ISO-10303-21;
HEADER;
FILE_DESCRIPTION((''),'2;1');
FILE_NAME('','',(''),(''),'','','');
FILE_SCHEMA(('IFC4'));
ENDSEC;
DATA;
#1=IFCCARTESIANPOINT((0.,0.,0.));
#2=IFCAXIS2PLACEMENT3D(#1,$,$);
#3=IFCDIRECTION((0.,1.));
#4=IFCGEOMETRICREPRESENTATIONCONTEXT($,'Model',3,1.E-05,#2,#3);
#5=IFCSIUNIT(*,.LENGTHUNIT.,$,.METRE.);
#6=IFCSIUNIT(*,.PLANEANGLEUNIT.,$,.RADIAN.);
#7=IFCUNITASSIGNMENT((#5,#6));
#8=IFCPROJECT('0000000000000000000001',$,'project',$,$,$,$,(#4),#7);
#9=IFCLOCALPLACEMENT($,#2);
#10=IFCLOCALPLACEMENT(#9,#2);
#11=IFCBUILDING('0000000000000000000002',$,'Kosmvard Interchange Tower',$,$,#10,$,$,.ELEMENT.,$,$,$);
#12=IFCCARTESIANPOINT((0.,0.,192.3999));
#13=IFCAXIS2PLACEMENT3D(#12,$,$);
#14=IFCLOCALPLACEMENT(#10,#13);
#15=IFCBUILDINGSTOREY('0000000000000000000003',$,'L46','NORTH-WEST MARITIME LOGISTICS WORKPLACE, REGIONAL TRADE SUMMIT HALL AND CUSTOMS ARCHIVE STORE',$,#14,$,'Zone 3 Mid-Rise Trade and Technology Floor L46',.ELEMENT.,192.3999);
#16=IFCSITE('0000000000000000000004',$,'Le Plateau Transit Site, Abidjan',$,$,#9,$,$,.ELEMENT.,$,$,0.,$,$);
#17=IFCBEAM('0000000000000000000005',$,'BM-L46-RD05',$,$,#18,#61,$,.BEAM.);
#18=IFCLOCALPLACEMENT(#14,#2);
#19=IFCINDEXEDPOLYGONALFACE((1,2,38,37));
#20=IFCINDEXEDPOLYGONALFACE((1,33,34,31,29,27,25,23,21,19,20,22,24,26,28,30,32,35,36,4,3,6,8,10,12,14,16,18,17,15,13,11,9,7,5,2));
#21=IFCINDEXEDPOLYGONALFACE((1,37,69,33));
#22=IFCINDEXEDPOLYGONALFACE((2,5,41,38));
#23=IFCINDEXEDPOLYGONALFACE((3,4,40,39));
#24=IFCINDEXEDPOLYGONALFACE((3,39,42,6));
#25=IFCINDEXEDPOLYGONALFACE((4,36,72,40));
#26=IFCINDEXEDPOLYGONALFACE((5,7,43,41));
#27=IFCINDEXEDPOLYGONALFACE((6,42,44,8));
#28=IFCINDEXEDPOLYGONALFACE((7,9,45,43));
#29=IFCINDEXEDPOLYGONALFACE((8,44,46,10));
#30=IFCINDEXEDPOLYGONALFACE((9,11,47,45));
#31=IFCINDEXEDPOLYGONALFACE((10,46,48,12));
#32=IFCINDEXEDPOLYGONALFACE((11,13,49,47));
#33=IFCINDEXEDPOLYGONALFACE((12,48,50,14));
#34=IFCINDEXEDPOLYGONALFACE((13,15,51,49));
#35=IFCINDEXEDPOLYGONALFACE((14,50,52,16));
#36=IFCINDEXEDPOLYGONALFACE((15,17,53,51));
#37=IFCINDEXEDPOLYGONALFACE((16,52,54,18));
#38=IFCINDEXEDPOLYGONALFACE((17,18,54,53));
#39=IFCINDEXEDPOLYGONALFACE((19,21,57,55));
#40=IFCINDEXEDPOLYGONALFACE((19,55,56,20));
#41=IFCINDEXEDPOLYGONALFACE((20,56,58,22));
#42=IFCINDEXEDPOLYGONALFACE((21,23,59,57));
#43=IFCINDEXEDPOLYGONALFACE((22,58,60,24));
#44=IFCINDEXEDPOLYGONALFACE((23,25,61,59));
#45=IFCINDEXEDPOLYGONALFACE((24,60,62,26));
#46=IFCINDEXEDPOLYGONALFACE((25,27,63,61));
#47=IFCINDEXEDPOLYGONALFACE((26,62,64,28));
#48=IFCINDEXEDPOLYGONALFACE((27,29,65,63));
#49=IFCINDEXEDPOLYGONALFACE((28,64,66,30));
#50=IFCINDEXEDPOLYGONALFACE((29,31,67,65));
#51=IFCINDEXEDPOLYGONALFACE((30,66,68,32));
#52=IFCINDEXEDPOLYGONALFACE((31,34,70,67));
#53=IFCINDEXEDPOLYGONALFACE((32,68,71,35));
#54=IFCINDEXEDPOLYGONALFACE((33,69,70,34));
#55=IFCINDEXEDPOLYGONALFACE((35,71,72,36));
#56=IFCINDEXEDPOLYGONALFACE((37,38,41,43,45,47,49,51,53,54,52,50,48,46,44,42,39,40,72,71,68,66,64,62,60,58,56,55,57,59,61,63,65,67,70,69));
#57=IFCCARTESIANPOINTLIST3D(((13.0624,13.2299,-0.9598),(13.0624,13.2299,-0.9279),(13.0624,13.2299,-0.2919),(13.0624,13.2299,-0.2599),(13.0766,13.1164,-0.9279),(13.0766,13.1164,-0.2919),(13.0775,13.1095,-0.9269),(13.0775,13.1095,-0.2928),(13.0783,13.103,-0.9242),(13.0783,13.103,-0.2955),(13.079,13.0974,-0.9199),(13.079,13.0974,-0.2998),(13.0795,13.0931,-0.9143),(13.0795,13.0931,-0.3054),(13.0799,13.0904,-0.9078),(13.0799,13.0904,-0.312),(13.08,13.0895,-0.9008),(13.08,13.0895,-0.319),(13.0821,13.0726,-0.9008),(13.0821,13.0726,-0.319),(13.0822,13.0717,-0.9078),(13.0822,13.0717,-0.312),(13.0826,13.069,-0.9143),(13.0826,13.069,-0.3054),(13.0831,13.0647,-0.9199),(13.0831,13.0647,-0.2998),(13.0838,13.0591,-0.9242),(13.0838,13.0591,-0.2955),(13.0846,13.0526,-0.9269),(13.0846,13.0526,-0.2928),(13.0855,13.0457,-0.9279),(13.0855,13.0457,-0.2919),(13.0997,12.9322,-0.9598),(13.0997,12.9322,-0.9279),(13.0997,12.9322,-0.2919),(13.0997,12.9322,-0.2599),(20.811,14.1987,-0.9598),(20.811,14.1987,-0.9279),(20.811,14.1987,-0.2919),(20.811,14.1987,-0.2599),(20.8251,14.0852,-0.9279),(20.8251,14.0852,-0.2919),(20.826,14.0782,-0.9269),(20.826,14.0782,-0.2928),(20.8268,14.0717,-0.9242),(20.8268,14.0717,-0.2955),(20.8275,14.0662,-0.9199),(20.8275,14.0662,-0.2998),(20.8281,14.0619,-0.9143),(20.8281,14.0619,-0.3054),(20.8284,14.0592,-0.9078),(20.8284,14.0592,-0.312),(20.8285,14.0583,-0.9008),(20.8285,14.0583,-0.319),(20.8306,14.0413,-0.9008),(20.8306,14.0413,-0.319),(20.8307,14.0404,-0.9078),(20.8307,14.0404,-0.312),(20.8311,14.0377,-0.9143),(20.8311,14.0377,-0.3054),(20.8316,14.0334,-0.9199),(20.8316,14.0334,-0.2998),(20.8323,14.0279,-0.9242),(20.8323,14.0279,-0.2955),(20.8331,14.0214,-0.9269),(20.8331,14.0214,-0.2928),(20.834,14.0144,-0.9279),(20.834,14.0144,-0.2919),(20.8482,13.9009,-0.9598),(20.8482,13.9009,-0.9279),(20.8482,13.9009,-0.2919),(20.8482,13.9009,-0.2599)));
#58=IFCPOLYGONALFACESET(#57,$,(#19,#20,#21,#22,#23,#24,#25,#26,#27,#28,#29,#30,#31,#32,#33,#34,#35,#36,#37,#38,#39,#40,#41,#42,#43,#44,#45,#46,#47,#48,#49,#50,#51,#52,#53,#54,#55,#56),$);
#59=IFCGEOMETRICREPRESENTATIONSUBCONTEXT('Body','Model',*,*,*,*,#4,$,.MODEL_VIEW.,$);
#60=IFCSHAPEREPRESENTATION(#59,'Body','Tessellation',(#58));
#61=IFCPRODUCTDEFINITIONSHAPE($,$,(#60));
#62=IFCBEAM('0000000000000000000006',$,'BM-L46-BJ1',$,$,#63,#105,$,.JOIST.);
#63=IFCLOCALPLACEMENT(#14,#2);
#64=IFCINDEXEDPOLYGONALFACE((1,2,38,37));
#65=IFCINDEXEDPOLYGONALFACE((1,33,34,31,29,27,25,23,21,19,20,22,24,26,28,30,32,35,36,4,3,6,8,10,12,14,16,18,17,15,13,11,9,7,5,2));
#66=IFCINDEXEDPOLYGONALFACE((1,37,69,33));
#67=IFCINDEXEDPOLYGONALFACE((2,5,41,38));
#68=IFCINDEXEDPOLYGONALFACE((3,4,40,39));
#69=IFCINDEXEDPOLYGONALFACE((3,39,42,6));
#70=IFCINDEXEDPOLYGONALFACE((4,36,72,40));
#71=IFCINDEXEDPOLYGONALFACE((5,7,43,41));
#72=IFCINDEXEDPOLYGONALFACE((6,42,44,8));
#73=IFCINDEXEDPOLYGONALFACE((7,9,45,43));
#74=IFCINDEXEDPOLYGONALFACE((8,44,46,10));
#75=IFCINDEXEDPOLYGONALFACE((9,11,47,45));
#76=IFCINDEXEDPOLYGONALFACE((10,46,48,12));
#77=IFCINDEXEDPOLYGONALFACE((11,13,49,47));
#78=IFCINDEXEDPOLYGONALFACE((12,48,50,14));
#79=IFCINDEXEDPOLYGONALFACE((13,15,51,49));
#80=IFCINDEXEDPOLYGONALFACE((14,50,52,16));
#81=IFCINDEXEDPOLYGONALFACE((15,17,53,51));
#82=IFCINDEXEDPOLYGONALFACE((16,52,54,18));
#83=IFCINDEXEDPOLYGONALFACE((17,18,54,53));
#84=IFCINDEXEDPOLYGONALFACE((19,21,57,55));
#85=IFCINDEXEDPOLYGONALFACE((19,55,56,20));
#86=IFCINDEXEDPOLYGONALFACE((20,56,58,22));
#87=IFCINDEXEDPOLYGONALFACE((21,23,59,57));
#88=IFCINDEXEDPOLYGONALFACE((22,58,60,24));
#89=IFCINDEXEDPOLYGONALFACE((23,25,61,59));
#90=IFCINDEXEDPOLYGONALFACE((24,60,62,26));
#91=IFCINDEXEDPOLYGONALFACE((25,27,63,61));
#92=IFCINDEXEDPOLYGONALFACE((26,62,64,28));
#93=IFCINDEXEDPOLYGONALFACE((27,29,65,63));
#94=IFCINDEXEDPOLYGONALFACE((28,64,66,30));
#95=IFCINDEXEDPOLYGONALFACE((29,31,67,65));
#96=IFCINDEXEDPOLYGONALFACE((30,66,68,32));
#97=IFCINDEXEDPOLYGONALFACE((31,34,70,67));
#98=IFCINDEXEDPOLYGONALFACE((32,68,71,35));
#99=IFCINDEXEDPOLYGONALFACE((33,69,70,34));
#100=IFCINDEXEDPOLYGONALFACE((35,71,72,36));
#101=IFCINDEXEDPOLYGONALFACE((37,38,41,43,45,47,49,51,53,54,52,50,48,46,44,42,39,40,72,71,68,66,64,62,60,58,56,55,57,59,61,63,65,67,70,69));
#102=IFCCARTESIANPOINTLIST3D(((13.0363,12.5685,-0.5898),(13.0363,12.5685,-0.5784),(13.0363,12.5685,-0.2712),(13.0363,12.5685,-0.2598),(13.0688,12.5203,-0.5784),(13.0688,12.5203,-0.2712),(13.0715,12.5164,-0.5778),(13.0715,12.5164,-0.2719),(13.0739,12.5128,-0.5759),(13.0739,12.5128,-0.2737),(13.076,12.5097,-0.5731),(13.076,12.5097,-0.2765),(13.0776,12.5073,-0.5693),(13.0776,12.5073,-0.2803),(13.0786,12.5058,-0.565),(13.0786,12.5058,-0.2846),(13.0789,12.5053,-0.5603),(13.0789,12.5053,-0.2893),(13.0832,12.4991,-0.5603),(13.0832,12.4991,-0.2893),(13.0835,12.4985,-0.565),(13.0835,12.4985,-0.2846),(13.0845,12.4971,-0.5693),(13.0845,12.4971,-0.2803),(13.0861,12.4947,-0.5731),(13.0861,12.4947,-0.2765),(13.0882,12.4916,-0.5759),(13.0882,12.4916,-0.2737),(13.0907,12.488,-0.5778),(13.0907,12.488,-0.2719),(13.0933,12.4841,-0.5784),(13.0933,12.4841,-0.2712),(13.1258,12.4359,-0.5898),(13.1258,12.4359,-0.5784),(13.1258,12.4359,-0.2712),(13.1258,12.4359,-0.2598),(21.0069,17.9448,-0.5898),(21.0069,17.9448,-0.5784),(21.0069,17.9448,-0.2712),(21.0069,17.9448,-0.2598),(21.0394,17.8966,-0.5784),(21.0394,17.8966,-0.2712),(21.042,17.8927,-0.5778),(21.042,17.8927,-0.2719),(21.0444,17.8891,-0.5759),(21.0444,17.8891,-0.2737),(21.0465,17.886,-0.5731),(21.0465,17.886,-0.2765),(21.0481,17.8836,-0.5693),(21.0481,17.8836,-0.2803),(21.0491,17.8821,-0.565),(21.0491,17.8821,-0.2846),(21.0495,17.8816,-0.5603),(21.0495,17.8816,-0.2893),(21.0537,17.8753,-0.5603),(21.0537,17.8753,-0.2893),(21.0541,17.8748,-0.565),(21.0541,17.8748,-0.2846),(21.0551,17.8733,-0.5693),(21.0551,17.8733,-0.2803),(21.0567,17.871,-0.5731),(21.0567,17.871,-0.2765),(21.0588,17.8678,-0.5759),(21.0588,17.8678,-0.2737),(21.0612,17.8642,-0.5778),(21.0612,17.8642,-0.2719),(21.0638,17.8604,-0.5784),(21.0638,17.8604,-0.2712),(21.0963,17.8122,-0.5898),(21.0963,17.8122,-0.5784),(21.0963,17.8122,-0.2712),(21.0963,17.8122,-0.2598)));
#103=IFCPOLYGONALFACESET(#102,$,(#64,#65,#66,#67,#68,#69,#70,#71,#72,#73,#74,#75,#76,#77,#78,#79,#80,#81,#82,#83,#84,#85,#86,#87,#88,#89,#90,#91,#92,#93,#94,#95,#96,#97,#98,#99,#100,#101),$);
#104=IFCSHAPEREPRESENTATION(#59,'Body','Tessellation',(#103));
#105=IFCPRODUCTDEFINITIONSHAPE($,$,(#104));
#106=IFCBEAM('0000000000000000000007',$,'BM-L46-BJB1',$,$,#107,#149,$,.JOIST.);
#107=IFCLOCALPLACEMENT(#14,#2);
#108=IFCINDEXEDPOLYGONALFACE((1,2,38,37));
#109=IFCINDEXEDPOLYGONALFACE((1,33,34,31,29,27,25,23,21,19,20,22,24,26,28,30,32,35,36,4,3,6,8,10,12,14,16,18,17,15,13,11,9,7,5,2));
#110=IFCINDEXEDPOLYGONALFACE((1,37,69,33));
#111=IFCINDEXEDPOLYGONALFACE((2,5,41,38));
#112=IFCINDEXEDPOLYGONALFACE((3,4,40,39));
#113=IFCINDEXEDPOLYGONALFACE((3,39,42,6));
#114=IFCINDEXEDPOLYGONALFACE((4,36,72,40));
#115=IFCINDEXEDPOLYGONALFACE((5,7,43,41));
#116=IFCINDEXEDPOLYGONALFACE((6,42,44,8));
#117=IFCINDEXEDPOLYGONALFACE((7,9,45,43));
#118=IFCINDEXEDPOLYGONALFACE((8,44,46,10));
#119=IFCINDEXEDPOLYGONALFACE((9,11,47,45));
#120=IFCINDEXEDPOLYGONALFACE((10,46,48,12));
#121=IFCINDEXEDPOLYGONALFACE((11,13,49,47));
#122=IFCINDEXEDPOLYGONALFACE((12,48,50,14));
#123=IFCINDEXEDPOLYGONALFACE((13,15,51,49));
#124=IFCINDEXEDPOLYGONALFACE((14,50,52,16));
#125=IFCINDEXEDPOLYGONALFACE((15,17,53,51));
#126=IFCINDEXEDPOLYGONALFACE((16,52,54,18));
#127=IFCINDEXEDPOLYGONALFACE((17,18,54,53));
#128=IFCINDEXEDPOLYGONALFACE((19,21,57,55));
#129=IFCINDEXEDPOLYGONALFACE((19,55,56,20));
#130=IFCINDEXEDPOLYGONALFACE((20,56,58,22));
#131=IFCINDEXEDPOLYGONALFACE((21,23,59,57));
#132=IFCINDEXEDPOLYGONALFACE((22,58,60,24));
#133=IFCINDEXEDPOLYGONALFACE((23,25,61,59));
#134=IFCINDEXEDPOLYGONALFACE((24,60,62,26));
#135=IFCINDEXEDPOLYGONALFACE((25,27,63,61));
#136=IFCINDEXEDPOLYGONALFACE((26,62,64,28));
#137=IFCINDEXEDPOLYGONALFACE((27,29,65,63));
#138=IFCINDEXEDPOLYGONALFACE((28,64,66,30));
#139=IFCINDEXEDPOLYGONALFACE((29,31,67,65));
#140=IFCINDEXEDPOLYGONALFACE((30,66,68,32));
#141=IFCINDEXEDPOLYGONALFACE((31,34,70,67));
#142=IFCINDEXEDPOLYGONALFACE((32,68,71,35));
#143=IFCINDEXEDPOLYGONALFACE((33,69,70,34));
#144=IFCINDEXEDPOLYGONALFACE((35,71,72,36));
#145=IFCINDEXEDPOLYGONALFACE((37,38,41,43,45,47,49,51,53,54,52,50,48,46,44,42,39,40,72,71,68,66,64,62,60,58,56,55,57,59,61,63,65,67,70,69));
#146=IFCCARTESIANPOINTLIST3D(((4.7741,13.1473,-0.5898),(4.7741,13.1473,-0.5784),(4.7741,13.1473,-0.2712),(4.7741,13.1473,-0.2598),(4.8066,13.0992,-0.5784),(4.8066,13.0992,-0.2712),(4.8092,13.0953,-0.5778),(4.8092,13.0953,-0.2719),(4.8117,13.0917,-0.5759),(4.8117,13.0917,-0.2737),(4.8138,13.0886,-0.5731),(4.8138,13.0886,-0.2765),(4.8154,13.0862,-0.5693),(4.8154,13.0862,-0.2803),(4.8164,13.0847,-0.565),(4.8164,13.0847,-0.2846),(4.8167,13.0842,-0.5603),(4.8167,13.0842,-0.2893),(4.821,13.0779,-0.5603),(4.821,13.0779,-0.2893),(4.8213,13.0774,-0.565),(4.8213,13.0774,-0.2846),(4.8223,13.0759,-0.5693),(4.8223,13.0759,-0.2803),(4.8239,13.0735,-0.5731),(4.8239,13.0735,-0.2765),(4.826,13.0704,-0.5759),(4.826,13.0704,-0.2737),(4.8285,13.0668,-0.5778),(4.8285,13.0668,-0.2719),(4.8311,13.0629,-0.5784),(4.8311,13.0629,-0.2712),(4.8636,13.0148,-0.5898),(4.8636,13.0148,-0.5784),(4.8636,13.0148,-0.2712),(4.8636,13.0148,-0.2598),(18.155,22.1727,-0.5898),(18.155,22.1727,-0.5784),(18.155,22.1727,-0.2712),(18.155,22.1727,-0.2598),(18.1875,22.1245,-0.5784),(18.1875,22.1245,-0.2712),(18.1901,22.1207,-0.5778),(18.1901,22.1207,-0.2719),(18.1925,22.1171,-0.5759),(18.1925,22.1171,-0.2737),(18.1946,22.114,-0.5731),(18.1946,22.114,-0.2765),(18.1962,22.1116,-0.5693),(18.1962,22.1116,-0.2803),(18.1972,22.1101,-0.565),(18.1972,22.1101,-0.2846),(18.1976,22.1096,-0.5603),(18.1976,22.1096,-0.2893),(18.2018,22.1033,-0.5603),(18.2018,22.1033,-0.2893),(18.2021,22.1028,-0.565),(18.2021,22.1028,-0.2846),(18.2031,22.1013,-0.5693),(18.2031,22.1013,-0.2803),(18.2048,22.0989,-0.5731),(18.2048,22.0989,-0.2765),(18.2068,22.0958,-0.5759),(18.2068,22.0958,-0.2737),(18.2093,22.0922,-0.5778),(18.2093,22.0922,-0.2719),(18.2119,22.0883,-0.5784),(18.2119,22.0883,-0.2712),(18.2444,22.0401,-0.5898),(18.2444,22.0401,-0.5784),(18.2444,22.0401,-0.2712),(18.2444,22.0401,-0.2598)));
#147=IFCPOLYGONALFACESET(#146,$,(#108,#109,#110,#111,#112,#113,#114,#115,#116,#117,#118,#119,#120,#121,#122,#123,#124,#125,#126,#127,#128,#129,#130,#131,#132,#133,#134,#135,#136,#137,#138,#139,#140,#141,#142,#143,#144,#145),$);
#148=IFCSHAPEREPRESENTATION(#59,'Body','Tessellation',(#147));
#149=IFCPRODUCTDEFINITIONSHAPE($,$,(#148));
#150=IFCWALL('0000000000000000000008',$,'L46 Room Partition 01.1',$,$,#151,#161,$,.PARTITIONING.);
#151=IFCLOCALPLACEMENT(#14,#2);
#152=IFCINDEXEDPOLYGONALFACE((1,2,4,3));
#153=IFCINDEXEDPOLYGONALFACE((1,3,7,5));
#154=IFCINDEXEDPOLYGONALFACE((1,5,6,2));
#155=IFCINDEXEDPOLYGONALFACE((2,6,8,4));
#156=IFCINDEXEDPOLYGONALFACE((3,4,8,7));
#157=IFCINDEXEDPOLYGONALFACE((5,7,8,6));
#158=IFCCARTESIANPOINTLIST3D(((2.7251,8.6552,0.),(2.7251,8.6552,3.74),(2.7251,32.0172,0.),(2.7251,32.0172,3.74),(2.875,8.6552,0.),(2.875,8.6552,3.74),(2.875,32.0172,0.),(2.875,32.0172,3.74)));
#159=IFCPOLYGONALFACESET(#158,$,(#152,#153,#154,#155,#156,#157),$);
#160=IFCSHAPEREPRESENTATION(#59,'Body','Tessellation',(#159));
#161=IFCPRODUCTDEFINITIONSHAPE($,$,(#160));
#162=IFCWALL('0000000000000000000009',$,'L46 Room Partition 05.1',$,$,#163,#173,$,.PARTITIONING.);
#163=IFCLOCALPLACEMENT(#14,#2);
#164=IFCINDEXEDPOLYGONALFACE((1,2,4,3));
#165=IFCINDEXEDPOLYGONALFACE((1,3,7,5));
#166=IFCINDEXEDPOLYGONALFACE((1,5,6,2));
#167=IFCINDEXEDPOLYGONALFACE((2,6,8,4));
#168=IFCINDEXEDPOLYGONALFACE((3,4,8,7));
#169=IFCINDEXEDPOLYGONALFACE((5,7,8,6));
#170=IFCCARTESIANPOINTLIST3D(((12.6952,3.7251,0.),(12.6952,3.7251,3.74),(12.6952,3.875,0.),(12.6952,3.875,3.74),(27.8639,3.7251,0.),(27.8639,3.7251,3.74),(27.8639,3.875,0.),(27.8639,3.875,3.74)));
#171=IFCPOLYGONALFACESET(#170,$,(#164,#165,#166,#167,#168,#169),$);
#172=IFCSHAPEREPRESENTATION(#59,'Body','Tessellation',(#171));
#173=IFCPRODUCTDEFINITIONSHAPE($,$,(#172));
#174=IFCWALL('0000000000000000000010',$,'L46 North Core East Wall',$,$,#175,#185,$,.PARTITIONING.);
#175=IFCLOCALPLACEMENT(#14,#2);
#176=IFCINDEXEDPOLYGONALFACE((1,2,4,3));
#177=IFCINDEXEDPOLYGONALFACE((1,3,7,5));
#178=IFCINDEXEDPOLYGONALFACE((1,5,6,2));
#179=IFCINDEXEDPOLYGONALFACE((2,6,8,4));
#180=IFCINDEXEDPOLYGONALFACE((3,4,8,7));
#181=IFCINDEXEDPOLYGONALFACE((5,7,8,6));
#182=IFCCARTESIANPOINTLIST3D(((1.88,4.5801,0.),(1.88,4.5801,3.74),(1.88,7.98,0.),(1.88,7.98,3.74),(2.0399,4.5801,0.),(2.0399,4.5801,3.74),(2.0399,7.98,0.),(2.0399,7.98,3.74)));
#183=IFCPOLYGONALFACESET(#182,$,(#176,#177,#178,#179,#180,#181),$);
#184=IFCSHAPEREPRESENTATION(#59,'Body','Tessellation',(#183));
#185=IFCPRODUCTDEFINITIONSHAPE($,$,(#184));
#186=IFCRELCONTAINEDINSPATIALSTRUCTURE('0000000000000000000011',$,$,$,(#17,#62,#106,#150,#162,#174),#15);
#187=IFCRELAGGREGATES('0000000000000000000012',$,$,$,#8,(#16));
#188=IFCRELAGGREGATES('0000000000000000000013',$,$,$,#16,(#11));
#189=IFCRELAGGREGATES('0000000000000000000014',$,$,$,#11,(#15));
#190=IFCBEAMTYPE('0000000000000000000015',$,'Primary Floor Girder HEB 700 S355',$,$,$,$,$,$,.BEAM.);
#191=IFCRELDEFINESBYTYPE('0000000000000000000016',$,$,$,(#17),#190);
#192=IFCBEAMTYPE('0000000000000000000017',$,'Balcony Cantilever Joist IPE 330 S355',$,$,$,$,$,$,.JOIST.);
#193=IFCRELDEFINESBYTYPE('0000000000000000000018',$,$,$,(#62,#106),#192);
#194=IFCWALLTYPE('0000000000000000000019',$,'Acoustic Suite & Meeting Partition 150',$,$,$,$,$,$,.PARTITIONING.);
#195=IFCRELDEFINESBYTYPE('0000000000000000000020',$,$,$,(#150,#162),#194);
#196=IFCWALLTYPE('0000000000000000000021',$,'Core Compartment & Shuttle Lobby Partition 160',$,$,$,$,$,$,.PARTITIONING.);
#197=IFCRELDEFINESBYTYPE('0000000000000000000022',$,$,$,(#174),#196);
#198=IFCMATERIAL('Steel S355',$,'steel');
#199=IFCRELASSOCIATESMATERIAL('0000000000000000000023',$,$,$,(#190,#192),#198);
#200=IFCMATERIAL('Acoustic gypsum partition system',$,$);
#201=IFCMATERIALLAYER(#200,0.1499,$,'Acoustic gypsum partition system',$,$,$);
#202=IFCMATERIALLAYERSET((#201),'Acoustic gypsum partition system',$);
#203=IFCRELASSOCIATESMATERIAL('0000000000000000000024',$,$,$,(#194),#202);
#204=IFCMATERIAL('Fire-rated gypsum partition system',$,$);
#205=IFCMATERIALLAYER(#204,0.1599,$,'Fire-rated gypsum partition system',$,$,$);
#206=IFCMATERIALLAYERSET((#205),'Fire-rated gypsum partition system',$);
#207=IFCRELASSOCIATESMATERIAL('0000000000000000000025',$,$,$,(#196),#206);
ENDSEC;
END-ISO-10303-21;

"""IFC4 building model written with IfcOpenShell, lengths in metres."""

from ifc_helpers import new_model, si_unit, direction, frame, frame_2d, origin, origin_2d, place, context, subcontext, project, spatial, rectangle, i_section, extrude, source, transform, mapped, material, layer, layer_set, material_profile, profile_set, type_object, element, save


model = new_model("IFC4")

# Units and contexts
model_context = context("Model", 3, precision=1e-05, world=origin(), true_north=direction((0.0, 1.0)))
body_context = subcontext(model_context, "Body", "Model", "MODEL_VIEW")
ifc_project = project(units=[si_unit("LENGTHUNIT", "METRE"), si_unit("PLANEANGLEUNIT", "RADIAN")], contexts=[model_context])

# Site, building, storey
site_placement = place(None, origin())
site = spatial("IfcSite", under=ifc_project, at=site_placement, Name="Le Plateau Transit Site, Abidjan", CompositionType="ELEMENT", RefElevation=0.0)
building_placement = place(site_placement, origin())
building = spatial("IfcBuilding", under=site, at=building_placement, Name="Kosmvard Interchange Tower", CompositionType="ELEMENT")
storey_placement = place(building_placement, frame((0.0, 0.0, 192.3999)))
storey = spatial("IfcBuildingStorey", under=building, at=storey_placement, Name="L46", Description="NORTH-WEST MARITIME LOGISTICS WORKPLACE, REGIONAL TRADE SUMMIT HALL AND CUSTOMS ARCHIVE STORE", LongName="Zone 3 Mid-Rise Trade and Technology Floor L46", CompositionType="ELEMENT", Elevation=192.3999)

# Beams
ifc_material_1 = material(Name="Steel S355", Category="steel")
ifc_material_profile_1 = material_profile(ifc_material_1, i_section(OverallWidth=0.3, OverallDepth=0.7, WebThickness=0.0171, FlangeThickness=0.032, FilletRadius=0.0271, at=origin_2d()), Name="HEB 700")
ifc_profile_set_1 = profile_set([ifc_material_profile_1], Name="Steel S355")
beam_type_1 = type_object("IfcBeamType", Name="Primary Floor Girder HEB 700 S355", PredefinedType="BEAM", material=ifc_profile_set_1)
shared_shape_1 = source(origin(), body_context, "Body", "SweptSolid", [
    extrude(i_section(OverallWidth=0.3, OverallDepth=0.7, WebThickness=0.0171, FlangeThickness=0.032, FilletRadius=0.0271, at=origin_2d()), origin(), (0.0, 0.0, 1.0), 7.8088),
])
beam_1_placement = place(storey_placement, frame((13.0811, 13.0811, -0.6099), z_axis=(0.992275, 0.124058, 0.0), x_axis=(-0.124058, 0.992275, 0.0)))
element("IfcBeam", 1, at=beam_1_placement, inside=storey, type_object=beam_type_1, Name="BM-L46-RD05", PredefinedType="BEAM", context=body_context, shape_type="MappedRepresentation", body=[
    mapped(shared_shape_1, transform((0.0, 0.0, 0.0), scale=1.0)),
])
ifc_material_profile_2 = material_profile(ifc_material_1, i_section(OverallWidth=0.1599, OverallDepth=0.3301, WebThickness=0.0076, FlangeThickness=0.0115, FilletRadius=0.0181, at=origin_2d()), Name="IPE 330")
ifc_profile_set_2 = profile_set([ifc_material_profile_2], Name="Steel S355")
beam_type_2 = type_object("IfcBeamType", Name="Balcony Cantilever Joist IPE 330 S355", PredefinedType="JOIST", material=ifc_profile_set_2)
shared_shape_2 = source(origin(), body_context, "Body", "SweptSolid", [
    extrude(i_section(OverallWidth=0.1599, OverallDepth=0.3301, WebThickness=0.0076, FlangeThickness=0.0115, FilletRadius=0.0181, at=origin_2d()), origin(), (0.0, 0.0, 1.0), 9.6143),
])
beam_2_placement = place(storey_placement, frame((13.0811, 12.5022, -0.4248), z_axis=(0.829034, 0.559198, 0.0), x_axis=(-0.559198, 0.829034, 0.0)))
element("IfcBeam", 2, at=beam_2_placement, inside=storey, type_object=beam_type_2, Name="BM-L46-BJ1", PredefinedType="JOIST", context=body_context, shape_type="MappedRepresentation", body=[
    mapped(shared_shape_2, transform((0.0, 0.0, 0.0), scale=1.0)),
])
shared_shape_3 = source(origin(), body_context, "Body", "SweptSolid", [
    extrude(i_section(OverallWidth=0.1599, OverallDepth=0.3301, WebThickness=0.0076, FlangeThickness=0.0115, FilletRadius=0.0181, at=origin_2d()), origin(), (0.0, 0.0, 1.0), 16.1401),
])
beam_3_placement = place(storey_placement, frame((4.8188, 13.0811, -0.4248), z_axis=(0.829041, 0.559188, 0.0), x_axis=(-0.559188, 0.829041, 0.0)))
element("IfcBeam", 3, at=beam_3_placement, inside=storey, type_object=beam_type_2, Name="BM-L46-BJB1", PredefinedType="JOIST", context=body_context, shape_type="MappedRepresentation", body=[
    mapped(shared_shape_3, transform((0.0, 0.0, 0.0), scale=1.0)),
])

# Walls
ifc_material_2 = material(Name="Acoustic gypsum partition system")
ifc_layer_1 = layer(ifc_material_2, 0.1499, Name="Acoustic gypsum partition system")
ifc_layer_set_1 = layer_set([ifc_layer_1], Name="Acoustic gypsum partition system")
wall_type_1 = type_object("IfcWallType", Name="Acoustic Suite & Meeting Partition 150", PredefinedType="PARTITIONING", material=ifc_layer_set_1)
wall_1_placement = place(storey_placement, frame((2.8, 8.655, 0.0), z_axis=(0.0, 0.0, 1.0), x_axis=(0.0, 1.0, 0.0)))
element("IfcWall", 4, at=wall_1_placement, inside=storey, type_object=wall_type_1, Name="L46 Room Partition 01.1", PredefinedType="PARTITIONING", context=body_context, shape_type="SweptSolid", body=[
    extrude(rectangle(XDim=23.3621, YDim=0.1499, at=frame_2d((11.6812, 0.0))), origin(), (0.0, 0.0, 1.0), 3.74),
])
wall_2_placement = place(storey_placement, frame((12.6951, 3.8, 0.0), z_axis=(0.0, 0.0, 1.0), x_axis=(1.0, 0.0, 0.0)))
element("IfcWall", 5, at=wall_2_placement, inside=storey, type_object=wall_type_1, Name="L46 Room Partition 05.1", PredefinedType="PARTITIONING", context=body_context, shape_type="SweptSolid", body=[
    extrude(rectangle(XDim=15.1687, YDim=0.1499, at=frame_2d((7.5845, 0.0))), origin(), (0.0, 0.0, 1.0), 3.74),
])
ifc_material_3 = material(Name="Fire-rated gypsum partition system")
ifc_layer_2 = layer(ifc_material_3, 0.1599, Name="Fire-rated gypsum partition system")
ifc_layer_set_2 = layer_set([ifc_layer_2], Name="Fire-rated gypsum partition system")
wall_type_2 = type_object("IfcWallType", Name="Core Compartment & Shuttle Lobby Partition 160", PredefinedType="PARTITIONING", material=ifc_layer_set_2)
wall_3_placement = place(storey_placement, frame((1.96, 4.5801, 0.0), z_axis=(0.0, 0.0, 1.0), x_axis=(0.0, 1.0, 0.0)))
element("IfcWall", 6, at=wall_3_placement, inside=storey, type_object=wall_type_2, Name="L46 North Core East Wall", PredefinedType="PARTITIONING", context=body_context, shape_type="SweptSolid", body=[
    extrude(rectangle(XDim=3.3999, YDim=0.1599, at=frame_2d((1.7, 0.0))), origin(), (0.0, 0.0, 1.0), 3.74),
])

save(model, "model.ifc")
